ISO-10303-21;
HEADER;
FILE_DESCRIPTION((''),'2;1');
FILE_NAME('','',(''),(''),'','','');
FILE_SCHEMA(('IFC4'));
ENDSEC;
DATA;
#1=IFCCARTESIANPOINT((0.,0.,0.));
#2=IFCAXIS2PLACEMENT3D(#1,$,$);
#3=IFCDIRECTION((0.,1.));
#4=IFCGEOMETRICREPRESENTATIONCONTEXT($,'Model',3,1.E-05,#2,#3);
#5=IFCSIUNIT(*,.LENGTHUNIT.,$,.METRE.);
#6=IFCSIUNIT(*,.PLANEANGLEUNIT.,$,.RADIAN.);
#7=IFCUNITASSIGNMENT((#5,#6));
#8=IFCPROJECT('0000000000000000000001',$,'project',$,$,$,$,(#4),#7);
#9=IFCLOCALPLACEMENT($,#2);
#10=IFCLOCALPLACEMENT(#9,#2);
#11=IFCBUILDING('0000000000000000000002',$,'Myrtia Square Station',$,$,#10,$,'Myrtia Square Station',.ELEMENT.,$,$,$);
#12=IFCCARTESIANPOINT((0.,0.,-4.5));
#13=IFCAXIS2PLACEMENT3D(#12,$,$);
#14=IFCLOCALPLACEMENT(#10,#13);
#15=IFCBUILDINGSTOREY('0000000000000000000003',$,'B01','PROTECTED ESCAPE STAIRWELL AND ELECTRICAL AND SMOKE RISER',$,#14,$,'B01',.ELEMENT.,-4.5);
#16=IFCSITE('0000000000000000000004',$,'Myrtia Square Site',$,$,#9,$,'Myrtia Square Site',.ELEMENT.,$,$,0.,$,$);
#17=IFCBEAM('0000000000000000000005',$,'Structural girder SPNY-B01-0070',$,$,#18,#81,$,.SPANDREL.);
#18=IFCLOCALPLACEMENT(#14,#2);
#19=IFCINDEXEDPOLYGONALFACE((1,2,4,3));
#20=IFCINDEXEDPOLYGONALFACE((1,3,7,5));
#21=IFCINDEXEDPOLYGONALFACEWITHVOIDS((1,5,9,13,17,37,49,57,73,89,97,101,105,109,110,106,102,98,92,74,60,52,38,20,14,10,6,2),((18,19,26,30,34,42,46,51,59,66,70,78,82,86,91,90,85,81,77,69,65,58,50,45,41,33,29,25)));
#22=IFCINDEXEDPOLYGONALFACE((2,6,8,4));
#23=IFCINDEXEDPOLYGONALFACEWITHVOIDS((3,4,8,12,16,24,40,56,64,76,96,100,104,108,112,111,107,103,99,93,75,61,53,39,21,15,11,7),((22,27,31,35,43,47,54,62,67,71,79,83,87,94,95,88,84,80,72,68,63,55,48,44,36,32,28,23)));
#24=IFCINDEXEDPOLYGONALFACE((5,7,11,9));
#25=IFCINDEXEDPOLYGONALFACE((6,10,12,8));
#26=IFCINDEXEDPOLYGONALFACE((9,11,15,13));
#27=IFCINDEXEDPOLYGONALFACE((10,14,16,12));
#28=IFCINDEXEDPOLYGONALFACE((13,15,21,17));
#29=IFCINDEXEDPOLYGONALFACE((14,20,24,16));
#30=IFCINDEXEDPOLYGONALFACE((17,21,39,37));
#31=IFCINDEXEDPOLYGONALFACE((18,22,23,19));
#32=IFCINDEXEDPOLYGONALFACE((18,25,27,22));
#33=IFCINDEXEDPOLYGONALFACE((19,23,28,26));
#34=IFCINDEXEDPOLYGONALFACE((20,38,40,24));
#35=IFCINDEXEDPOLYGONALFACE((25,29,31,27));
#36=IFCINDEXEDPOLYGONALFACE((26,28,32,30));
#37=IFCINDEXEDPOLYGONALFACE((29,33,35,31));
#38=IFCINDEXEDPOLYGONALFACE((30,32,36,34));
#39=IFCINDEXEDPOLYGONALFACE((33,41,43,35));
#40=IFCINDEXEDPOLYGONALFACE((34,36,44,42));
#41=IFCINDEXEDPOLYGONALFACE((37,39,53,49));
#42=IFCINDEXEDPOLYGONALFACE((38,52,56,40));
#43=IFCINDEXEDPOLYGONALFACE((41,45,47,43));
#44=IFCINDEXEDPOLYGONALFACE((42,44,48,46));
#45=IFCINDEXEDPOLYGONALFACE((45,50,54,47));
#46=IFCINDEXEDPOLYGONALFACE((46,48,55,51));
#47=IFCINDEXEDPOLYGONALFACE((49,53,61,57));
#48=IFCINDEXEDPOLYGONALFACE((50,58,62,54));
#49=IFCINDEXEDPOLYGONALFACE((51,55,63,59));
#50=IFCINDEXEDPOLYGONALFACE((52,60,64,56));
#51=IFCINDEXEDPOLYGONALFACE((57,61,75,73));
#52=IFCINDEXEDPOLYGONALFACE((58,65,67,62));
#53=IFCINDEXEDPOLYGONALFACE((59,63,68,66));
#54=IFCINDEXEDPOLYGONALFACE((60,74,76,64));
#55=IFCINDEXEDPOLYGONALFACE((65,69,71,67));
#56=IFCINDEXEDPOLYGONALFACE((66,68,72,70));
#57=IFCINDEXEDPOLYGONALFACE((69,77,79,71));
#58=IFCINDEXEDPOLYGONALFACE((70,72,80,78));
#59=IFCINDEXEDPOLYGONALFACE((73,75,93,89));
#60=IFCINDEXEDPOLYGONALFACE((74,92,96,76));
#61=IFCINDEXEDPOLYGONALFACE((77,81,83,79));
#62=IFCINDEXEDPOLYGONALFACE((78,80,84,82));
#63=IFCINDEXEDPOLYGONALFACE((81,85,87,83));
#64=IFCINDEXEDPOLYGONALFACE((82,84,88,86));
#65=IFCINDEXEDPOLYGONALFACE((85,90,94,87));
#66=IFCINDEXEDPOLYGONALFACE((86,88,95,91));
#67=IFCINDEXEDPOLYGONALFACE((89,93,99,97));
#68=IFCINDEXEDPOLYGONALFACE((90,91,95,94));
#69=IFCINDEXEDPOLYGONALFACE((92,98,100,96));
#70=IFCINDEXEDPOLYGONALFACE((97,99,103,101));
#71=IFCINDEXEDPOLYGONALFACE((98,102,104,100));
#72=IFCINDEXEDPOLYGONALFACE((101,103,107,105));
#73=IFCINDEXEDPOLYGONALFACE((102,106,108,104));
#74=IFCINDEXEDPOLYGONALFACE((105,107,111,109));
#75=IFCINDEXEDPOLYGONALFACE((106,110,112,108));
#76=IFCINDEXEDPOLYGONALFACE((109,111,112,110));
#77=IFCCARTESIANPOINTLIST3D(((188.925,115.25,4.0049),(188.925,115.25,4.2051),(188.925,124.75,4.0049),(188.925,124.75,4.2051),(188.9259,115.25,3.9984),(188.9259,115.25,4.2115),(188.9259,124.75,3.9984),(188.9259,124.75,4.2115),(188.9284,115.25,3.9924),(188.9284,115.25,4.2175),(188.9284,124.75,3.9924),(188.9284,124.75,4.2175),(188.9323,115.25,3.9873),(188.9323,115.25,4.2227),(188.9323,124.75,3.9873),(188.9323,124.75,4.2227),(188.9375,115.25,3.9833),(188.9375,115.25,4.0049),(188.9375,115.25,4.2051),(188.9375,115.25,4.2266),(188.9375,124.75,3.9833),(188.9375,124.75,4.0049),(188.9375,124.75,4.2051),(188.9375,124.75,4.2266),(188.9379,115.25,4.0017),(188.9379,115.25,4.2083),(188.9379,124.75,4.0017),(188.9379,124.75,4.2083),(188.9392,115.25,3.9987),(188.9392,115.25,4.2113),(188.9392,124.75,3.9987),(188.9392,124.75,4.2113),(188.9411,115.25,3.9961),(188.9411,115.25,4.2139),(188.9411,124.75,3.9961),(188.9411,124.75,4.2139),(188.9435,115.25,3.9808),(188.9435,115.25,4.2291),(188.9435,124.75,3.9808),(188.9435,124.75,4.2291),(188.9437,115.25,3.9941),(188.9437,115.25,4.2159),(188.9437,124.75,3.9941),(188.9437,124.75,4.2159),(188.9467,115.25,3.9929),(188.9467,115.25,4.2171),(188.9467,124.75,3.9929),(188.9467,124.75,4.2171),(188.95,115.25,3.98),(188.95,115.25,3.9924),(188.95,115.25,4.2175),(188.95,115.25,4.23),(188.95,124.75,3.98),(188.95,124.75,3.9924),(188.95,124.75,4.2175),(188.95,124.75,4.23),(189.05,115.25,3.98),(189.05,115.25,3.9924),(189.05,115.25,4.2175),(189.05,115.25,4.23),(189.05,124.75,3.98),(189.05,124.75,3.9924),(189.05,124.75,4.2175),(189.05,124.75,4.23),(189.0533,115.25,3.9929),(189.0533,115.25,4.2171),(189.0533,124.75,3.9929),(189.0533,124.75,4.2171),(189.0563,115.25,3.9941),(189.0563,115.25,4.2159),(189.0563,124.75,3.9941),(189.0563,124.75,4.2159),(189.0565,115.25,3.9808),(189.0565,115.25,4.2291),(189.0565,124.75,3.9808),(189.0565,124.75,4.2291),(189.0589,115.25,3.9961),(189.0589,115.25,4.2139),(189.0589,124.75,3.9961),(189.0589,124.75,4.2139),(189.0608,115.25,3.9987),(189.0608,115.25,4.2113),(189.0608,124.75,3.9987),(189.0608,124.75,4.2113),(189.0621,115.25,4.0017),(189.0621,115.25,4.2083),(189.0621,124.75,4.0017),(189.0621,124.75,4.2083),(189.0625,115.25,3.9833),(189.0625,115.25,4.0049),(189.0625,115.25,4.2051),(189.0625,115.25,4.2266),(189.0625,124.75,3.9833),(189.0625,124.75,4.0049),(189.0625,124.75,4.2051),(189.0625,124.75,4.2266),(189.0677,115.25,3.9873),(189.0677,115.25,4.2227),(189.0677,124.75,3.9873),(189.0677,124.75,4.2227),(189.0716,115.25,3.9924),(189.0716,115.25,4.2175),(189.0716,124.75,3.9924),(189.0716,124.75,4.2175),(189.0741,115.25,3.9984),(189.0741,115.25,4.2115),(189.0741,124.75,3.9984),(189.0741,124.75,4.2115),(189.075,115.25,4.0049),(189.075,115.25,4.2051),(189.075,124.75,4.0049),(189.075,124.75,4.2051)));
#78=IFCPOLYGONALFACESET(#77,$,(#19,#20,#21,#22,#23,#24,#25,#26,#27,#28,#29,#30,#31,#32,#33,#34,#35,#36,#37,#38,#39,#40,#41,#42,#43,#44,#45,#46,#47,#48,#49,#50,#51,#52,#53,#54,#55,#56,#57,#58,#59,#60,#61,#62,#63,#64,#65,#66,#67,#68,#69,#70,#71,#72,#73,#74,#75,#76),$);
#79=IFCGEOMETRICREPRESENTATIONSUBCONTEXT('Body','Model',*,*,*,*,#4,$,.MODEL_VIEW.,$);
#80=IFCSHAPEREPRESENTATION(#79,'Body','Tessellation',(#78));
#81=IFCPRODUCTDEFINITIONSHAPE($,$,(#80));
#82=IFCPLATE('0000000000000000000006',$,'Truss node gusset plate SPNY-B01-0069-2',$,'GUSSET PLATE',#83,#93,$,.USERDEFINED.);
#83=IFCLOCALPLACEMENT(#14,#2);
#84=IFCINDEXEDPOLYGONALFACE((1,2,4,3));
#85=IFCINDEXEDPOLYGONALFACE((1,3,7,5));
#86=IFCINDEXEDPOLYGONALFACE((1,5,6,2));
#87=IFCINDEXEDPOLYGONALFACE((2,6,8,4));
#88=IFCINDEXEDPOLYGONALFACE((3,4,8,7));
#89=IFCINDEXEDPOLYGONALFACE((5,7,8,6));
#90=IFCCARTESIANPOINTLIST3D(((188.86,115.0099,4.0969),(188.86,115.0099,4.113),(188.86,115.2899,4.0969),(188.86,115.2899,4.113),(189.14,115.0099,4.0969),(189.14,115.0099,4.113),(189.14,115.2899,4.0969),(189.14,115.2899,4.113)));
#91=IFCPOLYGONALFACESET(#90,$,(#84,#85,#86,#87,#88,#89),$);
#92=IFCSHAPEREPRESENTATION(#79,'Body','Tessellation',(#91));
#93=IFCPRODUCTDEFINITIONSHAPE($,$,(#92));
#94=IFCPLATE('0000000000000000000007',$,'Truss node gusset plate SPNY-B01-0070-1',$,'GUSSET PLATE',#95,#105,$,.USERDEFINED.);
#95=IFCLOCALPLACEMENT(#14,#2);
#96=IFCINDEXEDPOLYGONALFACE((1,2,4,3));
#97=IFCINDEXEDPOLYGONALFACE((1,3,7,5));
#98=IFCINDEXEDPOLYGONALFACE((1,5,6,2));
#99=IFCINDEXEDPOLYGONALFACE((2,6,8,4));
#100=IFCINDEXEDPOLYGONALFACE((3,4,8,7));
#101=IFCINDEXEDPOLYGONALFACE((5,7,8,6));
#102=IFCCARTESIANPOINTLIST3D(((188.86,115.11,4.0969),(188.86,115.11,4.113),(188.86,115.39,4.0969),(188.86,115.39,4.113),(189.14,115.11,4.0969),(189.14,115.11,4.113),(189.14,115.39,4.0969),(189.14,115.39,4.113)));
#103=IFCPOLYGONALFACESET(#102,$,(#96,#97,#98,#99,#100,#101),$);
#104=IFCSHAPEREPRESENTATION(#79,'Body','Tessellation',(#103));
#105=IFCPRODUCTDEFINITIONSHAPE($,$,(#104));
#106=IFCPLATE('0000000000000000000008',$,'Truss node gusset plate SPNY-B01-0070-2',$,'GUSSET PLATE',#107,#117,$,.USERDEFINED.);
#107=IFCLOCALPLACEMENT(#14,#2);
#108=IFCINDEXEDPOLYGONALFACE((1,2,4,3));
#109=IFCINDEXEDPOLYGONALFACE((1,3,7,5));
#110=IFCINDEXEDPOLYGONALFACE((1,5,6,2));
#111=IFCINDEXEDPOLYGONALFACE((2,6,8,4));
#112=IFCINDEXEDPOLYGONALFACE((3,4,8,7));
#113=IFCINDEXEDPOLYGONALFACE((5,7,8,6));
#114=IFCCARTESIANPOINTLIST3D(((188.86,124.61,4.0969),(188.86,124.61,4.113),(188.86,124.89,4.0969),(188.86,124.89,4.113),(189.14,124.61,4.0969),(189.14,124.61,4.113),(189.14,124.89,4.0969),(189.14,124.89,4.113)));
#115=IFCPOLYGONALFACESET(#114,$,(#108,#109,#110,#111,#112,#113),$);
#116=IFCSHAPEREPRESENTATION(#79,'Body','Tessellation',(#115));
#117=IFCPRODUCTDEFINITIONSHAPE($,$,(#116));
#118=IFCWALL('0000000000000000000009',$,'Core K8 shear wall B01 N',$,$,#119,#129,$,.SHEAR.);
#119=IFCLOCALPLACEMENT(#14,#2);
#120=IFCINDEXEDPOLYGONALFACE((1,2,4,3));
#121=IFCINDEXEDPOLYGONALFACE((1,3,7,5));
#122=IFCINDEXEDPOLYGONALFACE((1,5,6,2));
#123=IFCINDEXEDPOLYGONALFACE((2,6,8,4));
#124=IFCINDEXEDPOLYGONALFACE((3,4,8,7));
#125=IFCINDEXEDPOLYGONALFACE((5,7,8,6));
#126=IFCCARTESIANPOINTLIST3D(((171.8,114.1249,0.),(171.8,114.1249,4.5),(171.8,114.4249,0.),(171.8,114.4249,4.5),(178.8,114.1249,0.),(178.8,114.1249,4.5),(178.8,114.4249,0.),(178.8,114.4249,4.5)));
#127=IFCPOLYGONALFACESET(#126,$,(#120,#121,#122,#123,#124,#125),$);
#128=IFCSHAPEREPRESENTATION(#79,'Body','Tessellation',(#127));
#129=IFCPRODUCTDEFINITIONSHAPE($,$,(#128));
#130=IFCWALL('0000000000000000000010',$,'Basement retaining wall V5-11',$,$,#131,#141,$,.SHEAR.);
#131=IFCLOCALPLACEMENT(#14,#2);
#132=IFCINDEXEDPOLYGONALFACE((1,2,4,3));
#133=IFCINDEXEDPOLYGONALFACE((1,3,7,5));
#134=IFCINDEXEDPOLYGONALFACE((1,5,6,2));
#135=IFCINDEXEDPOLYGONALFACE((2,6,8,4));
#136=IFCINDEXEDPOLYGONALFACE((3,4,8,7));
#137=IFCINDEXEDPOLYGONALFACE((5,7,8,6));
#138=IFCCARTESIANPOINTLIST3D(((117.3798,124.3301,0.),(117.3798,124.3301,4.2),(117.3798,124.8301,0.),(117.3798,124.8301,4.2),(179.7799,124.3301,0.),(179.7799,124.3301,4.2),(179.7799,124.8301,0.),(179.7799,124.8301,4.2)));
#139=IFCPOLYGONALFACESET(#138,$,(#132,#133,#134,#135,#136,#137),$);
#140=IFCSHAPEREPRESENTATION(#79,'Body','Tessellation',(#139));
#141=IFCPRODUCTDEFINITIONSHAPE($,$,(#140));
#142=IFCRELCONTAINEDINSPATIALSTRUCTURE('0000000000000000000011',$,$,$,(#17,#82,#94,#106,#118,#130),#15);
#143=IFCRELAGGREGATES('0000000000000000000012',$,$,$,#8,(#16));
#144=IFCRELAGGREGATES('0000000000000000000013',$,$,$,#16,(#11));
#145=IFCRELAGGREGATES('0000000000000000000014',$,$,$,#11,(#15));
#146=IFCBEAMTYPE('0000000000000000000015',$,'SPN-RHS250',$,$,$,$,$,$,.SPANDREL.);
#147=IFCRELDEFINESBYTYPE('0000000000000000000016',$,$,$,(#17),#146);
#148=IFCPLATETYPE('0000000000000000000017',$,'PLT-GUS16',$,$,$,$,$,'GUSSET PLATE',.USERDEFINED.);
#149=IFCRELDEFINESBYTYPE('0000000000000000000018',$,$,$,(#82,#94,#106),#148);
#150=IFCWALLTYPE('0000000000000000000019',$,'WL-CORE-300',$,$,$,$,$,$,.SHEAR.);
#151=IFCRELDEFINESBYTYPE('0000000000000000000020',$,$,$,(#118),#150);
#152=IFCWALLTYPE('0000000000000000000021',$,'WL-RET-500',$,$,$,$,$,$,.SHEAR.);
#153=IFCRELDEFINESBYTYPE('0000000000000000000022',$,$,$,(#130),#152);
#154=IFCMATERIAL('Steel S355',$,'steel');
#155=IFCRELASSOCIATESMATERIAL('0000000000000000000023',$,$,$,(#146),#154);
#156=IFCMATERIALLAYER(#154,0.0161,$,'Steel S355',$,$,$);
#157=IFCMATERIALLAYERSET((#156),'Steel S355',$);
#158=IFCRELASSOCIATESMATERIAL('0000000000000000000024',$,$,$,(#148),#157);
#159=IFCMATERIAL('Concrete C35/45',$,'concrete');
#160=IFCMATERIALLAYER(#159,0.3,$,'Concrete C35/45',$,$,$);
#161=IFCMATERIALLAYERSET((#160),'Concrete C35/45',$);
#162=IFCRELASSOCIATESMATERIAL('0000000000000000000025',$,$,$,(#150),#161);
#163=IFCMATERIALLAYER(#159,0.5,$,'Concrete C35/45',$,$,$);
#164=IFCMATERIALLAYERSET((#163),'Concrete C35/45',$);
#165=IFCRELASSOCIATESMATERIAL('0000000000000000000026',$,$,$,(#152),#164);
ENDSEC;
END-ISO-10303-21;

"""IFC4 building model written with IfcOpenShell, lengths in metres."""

from ifc_helpers import new_model, si_unit, direction, frame, frame_2d, origin, origin_2d, place, context, subcontext, project, spatial, rectangle, hollow_rectangle, extrude, material, layer, layer_set, material_profile, profile_set, type_object, element, save


model = new_model("IFC4")

# Units and contexts
model_context = context("Model", 3, precision=1e-05, world=origin(), true_north=direction((0.0, 1.0)))
body_context = subcontext(model_context, "Body", "Model", "MODEL_VIEW")
ifc_project = project(units=[si_unit("LENGTHUNIT", "METRE"), si_unit("PLANEANGLEUNIT", "RADIAN")], contexts=[model_context])

# Site, building, storey
site_placement = place(None, origin())
site = spatial("IfcSite", under=ifc_project, at=site_placement, Name="Myrtia Square Site", LongName="Myrtia Square Site", CompositionType="ELEMENT", RefElevation=0.0)
building_placement = place(site_placement, origin())
building = spatial("IfcBuilding", under=site, at=building_placement, Name="Myrtia Square Station", LongName="Myrtia Square Station", CompositionType="ELEMENT")
storey_placement = place(building_placement, frame((0.0, 0.0, -4.5)))
storey = spatial("IfcBuildingStorey", under=building, at=storey_placement, Name="B01", Description="PROTECTED ESCAPE STAIRWELL AND ELECTRICAL AND SMOKE RISER", LongName="B01", CompositionType="ELEMENT", Elevation=-4.5)

# Shared definitions
ifc_material_1 = material(Name="Concrete C35/45", Category="concrete")

# Shared definitions
ifc_material_2 = material(Name="Steel S355", Category="steel")

# Beam
ifc_material_profile_1 = material_profile(ifc_material_2, hollow_rectangle(XDim=0.1499, YDim=0.25, WallThickness=0.0125, InnerFilletRadius=0.0125, OuterFilletRadius=0.0249, at=origin_2d()), Name="RHS 250x150x12.5")
ifc_profile_set_1 = profile_set([ifc_material_profile_1], Name="Steel S355")
beam_type_1 = type_object("IfcBeamType", Name="SPN-RHS250", PredefinedType="SPANDREL", material=ifc_profile_set_1)
beam_1_placement = place(storey_placement, frame((189.0, 115.25, 4.105), z_axis=(0.0, 1.0, 0.0), x_axis=(-1.0, 0.0, 0.0)))
element("IfcBeam", 1, at=beam_1_placement, inside=storey, type_object=beam_type_1, Name="Structural girder SPNY-B01-0070", PredefinedType="SPANDREL", context=body_context, shape_type="SweptSolid", body=[
    extrude(hollow_rectangle(XDim=0.1499, YDim=0.25, WallThickness=0.0125, InnerFilletRadius=0.0125, OuterFilletRadius=0.0249, at=origin_2d()), origin(), (0.0, 0.0, 1.0), 9.5),
])

# Plates
ifc_layer_1 = layer(ifc_material_2, 0.0161, Name="Steel S355")
ifc_layer_set_1 = layer_set([ifc_layer_1], Name="Steel S355")
plate_type = type_object("IfcPlateType", Name="PLT-GUS16", ElementType="GUSSET PLATE", PredefinedType="USERDEFINED", material=ifc_layer_set_1)
for number, where, z_axis, x_axis, name in (
    (2, (189.0, 115.1499, 4.0969), (0.0, 0.0, 1.0), (0.0, 1.0, 0.0), "Truss node gusset plate SPNY-B01-0069-2"),
    (3, (189.0, 115.25, 4.0969), (0.0, 0.0, 1.0), (0.0, 1.0, 0.0), "Truss node gusset plate SPNY-B01-0070-1"),
    (4, (189.0, 124.75, 4.0969), (0.0, 0.0, 1.0), (0.0, 1.0, 0.0), "Truss node gusset plate SPNY-B01-0070-2"),
):
    element("IfcPlate", number, at=place(storey_placement, frame(where, z_axis=z_axis, x_axis=x_axis)), inside=storey, type_object=plate_type, Name=name, ObjectType="GUSSET PLATE", PredefinedType="USERDEFINED", context=body_context, shape_type="SweptSolid", body=[
        extrude(rectangle(XDim=0.28, YDim=0.28, at=origin_2d()), origin(), (0.0, 0.0, 1.0), 0.0161),
    ])

# Walls
ifc_layer_2 = layer(ifc_material_1, 0.3, Name="Concrete C35/45")
ifc_layer_set_2 = layer_set([ifc_layer_2], Name="Concrete C35/45")
wall_type_1 = type_object("IfcWallType", Name="WL-CORE-300", PredefinedType="SHEAR", material=ifc_layer_set_2)
wall_1_placement = place(storey_placement, frame((171.8, 114.2749, 0.0), z_axis=(0.0, 0.0, 1.0), x_axis=(1.0, 0.0, 0.0)))
element("IfcWall", 5, at=wall_1_placement, inside=storey, type_object=wall_type_1, Name="Core K8 shear wall B01 N", PredefinedType="SHEAR", context=body_context, shape_type="SweptSolid", body=[
    extrude(rectangle(XDim=7.0, YDim=0.3, at=frame_2d((3.5, 0.0))), origin(), (0.0, 0.0, 1.0), 4.5),
])
ifc_layer_3 = layer(ifc_material_1, 0.5, Name="Concrete C35/45")
ifc_layer_set_3 = layer_set([ifc_layer_3], Name="Concrete C35/45")
wall_type_2 = type_object("IfcWallType", Name="WL-RET-500", PredefinedType="SHEAR", material=ifc_layer_set_3)
wall_2_placement = place(storey_placement, frame((179.78, 124.5801, 0.0), z_axis=(0.0, 0.0, 1.0), x_axis=(-1.0, 0.0, 0.0)))
element("IfcWall", 6, at=wall_2_placement, inside=storey, type_object=wall_type_2, Name="Basement retaining wall V5-11", PredefinedType="SHEAR", context=body_context, shape_type="SweptSolid", body=[
    extrude(rectangle(XDim=62.4001, YDim=0.5, at=frame_2d((31.2002, 0.0))), origin(), (0.0, 0.0, 1.0), 4.2),
])

save(model, "model.ifc")
